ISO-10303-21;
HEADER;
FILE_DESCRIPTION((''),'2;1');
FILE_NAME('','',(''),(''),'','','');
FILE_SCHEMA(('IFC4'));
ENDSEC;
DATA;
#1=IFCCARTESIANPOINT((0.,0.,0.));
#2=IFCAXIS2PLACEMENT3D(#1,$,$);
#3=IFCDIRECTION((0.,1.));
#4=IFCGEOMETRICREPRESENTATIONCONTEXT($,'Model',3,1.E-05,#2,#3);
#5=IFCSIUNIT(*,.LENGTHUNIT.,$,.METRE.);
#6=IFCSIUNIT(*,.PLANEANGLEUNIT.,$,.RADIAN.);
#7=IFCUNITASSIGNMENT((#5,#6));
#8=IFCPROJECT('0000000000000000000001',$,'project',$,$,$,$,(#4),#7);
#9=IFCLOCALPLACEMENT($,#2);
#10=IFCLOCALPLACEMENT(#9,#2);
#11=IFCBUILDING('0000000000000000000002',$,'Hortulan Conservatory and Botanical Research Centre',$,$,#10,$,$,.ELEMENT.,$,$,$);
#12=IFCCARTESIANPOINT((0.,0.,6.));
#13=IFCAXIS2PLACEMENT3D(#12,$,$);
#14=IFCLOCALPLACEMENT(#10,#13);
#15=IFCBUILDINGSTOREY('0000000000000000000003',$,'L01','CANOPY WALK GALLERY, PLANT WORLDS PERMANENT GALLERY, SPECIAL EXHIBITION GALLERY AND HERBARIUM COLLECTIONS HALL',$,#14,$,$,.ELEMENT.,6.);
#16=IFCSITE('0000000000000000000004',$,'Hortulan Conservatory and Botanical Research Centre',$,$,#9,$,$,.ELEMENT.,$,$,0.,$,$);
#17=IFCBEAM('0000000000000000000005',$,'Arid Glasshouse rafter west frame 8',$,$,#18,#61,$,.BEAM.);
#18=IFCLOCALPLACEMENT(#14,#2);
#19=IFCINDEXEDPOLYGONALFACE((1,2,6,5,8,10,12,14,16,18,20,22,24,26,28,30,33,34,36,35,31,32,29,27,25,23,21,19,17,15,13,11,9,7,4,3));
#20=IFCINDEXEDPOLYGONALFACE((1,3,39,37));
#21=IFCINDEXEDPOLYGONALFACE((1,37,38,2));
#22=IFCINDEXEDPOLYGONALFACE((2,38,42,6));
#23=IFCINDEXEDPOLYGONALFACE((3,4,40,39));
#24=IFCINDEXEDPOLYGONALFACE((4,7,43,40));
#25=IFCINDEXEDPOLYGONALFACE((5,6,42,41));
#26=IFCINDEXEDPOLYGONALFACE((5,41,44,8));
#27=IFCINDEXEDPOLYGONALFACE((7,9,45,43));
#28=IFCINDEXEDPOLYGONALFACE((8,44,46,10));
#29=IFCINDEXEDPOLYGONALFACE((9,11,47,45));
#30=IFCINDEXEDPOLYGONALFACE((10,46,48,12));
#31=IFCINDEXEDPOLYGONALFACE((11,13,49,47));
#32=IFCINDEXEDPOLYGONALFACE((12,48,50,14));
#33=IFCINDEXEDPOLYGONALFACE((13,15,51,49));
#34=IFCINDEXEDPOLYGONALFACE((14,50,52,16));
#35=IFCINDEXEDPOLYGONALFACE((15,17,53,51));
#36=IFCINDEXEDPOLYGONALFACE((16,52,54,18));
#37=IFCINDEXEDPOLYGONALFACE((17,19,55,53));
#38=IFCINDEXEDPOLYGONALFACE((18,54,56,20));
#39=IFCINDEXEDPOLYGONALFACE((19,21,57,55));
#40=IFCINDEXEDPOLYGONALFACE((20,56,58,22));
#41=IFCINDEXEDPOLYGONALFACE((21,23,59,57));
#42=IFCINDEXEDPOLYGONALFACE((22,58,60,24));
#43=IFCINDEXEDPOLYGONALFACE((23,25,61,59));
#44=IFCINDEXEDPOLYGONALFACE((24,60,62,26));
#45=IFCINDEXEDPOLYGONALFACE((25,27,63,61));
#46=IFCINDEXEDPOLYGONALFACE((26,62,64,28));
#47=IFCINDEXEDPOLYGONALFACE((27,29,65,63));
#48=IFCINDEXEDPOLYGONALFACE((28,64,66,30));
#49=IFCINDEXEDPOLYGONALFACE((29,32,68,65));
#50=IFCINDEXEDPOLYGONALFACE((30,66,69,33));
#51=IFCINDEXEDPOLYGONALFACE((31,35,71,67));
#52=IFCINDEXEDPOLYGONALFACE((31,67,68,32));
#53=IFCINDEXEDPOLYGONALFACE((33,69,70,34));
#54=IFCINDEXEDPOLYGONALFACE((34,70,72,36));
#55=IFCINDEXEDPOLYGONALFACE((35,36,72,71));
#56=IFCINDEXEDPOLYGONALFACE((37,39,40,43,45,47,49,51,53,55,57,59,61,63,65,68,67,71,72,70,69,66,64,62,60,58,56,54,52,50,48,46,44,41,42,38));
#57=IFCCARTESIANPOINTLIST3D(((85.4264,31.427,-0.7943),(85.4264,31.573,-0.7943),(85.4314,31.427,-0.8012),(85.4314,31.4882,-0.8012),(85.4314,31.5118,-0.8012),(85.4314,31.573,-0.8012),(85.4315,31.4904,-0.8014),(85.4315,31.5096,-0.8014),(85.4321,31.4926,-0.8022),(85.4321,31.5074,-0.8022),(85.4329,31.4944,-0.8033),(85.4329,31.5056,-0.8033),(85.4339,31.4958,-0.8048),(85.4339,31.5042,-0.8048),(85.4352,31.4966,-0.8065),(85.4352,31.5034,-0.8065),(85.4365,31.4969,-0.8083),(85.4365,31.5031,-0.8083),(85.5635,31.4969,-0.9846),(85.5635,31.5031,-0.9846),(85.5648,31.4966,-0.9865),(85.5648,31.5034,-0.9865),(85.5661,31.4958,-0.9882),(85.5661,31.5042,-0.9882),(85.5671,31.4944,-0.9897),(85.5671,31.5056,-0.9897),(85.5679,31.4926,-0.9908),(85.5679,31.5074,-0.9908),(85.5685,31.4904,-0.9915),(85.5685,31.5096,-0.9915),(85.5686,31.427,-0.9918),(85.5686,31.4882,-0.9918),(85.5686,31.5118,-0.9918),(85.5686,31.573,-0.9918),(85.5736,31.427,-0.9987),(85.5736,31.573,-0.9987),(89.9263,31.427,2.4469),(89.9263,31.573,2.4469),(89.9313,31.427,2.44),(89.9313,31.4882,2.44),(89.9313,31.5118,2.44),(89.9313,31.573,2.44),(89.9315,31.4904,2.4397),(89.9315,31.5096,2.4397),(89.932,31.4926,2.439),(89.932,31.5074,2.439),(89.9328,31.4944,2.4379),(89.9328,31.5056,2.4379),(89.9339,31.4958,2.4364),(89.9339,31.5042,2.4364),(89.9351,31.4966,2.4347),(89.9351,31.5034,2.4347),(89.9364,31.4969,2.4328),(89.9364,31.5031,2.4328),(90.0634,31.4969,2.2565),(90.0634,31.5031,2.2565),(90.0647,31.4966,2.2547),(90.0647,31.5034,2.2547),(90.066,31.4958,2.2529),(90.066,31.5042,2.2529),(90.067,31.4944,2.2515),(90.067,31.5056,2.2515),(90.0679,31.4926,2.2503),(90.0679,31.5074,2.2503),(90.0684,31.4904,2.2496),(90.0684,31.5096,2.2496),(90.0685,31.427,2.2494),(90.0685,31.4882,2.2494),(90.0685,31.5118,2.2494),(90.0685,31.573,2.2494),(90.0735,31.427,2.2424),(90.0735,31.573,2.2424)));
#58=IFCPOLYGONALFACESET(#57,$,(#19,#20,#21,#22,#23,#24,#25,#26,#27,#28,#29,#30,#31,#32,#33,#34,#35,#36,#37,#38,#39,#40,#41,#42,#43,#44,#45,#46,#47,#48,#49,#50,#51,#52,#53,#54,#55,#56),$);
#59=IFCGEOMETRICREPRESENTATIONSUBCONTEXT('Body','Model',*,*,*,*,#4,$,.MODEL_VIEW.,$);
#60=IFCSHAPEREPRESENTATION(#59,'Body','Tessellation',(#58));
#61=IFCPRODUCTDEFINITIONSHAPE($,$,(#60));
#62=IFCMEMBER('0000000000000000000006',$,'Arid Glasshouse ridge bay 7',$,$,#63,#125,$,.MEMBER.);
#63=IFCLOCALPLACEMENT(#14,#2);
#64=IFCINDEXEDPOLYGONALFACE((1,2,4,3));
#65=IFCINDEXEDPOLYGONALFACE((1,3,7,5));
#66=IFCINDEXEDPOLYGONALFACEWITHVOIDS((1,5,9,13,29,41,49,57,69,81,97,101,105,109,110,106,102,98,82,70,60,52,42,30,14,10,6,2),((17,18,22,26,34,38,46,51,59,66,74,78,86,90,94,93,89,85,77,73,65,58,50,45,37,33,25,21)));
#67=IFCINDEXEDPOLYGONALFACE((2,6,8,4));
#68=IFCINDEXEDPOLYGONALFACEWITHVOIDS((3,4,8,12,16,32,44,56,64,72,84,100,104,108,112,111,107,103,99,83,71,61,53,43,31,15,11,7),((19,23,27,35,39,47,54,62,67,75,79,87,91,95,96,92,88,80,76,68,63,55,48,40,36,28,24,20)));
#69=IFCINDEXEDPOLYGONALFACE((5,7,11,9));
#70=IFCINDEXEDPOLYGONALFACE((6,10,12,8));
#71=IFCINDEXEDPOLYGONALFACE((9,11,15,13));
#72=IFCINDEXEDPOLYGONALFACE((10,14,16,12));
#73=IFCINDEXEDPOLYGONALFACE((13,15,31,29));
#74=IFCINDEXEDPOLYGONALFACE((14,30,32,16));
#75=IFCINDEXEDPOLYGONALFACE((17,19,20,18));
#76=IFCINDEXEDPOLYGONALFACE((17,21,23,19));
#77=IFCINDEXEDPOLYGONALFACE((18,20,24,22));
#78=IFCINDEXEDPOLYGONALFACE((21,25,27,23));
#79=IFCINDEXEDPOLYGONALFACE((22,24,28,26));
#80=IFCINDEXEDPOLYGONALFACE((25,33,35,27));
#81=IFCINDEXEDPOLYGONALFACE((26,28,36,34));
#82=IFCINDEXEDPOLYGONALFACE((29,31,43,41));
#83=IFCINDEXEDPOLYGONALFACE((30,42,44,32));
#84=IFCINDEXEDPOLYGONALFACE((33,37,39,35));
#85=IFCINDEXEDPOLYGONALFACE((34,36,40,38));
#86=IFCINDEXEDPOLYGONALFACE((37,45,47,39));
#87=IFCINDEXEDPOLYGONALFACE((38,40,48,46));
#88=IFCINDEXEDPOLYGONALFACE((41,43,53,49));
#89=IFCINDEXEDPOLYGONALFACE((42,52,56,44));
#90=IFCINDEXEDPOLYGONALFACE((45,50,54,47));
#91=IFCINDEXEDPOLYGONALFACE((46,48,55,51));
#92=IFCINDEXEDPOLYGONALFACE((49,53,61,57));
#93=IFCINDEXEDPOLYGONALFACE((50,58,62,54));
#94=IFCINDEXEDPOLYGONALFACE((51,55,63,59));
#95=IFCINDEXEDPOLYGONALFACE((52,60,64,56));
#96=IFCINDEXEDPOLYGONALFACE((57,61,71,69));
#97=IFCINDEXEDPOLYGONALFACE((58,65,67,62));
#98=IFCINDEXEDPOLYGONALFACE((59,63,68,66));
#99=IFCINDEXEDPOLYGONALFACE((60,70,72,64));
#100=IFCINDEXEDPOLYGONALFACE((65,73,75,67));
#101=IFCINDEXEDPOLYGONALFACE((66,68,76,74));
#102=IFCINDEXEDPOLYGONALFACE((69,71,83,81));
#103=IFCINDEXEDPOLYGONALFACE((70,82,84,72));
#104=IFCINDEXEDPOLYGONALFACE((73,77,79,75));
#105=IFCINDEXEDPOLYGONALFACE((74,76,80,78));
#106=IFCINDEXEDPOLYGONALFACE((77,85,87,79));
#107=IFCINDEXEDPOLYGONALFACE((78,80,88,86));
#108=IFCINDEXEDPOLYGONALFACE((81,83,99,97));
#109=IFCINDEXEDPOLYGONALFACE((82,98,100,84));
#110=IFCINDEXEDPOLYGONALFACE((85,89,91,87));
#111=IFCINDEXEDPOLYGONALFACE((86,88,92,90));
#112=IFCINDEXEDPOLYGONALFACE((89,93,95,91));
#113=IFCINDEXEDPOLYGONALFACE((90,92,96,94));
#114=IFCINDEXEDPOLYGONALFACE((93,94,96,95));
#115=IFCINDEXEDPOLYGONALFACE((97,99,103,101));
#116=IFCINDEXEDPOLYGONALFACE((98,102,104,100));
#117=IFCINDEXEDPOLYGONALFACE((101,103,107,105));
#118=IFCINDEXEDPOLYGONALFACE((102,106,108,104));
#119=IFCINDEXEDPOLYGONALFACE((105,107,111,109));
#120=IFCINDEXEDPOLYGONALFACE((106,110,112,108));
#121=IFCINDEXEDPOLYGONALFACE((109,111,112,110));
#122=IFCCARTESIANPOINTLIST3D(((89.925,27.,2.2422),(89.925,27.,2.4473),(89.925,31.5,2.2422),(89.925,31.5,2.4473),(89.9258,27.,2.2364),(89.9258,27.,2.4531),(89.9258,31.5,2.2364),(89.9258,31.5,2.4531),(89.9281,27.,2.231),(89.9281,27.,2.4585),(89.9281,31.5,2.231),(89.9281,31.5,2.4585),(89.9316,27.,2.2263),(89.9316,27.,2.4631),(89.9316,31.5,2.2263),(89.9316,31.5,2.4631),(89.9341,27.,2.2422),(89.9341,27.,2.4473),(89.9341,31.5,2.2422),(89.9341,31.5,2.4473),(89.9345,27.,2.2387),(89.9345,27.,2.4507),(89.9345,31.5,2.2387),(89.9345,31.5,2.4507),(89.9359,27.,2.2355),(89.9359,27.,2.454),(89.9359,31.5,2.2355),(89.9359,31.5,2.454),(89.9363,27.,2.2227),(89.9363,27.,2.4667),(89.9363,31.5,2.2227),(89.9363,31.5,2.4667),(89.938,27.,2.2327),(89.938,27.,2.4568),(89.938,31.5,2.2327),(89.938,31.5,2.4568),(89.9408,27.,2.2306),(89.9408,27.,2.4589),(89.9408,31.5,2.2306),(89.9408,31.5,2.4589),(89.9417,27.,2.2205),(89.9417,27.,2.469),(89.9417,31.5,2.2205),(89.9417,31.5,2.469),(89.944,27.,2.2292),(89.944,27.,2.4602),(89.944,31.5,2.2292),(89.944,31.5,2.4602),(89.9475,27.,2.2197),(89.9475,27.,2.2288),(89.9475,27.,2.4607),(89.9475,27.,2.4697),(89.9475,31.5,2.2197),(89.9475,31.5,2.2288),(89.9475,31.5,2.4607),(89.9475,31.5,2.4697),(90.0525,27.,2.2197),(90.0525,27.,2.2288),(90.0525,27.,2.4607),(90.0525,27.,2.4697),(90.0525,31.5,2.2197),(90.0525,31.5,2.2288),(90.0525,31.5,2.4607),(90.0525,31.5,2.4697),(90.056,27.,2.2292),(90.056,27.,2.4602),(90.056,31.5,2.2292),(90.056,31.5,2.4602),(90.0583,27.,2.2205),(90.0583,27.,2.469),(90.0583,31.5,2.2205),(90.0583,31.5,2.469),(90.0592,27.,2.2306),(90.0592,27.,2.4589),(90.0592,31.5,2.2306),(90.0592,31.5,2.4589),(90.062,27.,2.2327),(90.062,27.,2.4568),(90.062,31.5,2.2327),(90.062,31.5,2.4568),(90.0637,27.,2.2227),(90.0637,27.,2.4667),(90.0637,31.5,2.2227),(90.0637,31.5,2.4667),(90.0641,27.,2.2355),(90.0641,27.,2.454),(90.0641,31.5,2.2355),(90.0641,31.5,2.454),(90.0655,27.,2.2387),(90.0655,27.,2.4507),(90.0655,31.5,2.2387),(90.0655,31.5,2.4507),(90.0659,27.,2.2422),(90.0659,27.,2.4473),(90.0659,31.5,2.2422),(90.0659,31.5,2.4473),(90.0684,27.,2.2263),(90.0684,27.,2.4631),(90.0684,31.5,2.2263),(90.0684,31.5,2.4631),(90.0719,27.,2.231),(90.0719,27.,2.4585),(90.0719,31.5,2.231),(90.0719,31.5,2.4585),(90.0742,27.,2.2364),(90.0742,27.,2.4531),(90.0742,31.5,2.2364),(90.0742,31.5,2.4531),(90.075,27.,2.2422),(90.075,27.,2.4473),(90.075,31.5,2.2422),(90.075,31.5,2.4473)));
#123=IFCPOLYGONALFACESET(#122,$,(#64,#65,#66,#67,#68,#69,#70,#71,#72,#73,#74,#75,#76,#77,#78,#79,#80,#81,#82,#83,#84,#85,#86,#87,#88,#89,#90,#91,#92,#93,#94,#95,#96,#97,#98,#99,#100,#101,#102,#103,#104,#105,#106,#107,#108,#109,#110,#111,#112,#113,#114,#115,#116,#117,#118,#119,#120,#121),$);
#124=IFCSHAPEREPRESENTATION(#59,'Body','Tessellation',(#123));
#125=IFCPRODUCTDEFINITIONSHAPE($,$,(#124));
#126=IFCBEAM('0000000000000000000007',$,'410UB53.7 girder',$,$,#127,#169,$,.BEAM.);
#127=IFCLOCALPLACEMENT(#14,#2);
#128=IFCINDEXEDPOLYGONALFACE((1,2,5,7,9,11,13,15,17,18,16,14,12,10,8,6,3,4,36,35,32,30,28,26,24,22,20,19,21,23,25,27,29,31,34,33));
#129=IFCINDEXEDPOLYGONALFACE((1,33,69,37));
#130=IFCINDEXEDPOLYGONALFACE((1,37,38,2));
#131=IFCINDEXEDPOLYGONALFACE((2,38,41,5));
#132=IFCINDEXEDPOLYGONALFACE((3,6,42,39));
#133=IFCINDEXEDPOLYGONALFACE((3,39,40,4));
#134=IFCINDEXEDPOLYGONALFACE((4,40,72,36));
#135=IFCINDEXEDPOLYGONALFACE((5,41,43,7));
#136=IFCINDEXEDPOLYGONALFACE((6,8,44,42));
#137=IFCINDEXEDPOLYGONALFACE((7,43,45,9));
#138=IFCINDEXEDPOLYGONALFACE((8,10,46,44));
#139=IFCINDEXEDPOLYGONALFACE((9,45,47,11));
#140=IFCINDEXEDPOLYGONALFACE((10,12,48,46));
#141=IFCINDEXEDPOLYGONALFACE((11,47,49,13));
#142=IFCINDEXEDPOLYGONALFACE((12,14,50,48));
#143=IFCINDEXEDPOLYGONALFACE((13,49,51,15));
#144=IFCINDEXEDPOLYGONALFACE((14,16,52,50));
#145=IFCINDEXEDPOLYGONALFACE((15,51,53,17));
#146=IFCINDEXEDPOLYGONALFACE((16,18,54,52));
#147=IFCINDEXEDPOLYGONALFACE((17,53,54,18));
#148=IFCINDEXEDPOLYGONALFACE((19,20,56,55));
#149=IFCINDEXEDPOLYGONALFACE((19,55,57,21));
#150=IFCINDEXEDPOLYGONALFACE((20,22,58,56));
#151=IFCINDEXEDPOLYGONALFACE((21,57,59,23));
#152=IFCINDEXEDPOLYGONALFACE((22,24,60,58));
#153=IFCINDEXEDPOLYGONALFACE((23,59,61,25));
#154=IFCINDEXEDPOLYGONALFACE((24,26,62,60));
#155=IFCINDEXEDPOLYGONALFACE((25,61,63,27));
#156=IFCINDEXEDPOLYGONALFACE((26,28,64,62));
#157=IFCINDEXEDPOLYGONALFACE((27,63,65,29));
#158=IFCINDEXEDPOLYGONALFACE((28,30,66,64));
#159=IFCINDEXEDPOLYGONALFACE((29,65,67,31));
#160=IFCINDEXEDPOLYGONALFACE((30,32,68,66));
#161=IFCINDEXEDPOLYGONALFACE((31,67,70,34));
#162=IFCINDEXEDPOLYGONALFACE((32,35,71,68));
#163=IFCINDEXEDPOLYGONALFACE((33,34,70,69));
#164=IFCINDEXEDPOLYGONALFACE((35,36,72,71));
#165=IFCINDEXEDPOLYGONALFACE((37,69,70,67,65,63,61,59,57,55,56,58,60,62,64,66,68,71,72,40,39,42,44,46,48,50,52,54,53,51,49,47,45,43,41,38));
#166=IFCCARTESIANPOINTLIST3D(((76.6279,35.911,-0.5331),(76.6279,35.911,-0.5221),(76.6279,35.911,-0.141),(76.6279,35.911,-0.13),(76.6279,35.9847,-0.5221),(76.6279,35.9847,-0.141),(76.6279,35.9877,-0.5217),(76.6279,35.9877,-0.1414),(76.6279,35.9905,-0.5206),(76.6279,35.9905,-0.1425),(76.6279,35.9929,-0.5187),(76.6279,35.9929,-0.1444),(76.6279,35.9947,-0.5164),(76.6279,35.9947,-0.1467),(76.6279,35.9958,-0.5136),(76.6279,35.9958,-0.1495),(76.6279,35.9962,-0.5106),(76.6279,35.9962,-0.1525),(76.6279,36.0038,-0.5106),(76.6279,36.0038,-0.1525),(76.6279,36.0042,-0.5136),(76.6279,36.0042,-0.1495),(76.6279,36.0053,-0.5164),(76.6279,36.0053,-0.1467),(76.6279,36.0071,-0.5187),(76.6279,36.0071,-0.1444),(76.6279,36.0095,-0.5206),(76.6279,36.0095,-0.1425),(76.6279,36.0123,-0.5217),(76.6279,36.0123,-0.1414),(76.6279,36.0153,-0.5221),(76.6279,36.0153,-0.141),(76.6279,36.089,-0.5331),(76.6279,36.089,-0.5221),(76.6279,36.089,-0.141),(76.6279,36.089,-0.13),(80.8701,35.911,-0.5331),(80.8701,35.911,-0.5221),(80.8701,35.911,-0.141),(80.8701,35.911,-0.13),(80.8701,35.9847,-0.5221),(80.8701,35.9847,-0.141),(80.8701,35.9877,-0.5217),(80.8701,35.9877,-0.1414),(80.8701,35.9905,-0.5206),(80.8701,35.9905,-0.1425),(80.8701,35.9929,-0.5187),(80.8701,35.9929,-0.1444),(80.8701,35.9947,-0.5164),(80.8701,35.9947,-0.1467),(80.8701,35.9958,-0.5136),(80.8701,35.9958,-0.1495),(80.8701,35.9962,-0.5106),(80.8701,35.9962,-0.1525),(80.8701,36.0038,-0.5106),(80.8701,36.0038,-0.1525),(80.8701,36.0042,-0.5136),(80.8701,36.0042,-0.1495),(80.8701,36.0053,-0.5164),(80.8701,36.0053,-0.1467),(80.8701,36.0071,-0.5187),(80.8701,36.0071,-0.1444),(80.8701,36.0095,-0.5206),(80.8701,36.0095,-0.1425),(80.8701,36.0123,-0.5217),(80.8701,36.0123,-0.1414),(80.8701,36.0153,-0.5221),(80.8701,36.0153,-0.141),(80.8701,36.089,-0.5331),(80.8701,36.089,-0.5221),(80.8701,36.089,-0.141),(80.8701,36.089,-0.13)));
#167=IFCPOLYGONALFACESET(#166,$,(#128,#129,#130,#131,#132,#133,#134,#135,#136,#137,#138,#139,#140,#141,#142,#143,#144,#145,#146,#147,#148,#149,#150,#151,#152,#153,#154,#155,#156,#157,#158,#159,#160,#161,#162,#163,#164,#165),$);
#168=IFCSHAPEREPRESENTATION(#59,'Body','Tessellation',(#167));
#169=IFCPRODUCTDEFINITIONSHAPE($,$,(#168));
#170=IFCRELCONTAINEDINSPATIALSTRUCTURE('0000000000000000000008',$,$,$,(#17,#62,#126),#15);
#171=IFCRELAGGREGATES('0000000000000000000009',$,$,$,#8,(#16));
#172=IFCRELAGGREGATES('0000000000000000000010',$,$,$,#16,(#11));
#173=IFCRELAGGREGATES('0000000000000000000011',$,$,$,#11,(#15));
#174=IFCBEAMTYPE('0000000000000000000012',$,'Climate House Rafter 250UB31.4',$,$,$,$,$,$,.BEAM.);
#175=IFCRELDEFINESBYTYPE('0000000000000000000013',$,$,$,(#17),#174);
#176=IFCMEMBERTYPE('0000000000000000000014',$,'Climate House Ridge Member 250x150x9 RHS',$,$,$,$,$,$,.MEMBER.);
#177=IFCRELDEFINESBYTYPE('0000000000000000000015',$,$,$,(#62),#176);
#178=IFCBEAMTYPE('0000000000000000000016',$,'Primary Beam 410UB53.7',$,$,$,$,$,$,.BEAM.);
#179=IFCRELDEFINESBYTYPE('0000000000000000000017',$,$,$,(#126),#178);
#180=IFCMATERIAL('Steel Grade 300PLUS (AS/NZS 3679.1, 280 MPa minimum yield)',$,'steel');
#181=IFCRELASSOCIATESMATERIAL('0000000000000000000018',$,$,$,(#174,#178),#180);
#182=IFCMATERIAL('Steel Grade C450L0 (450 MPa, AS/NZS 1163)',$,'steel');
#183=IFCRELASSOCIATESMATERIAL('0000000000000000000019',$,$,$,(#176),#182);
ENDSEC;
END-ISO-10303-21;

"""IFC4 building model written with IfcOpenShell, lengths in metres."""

from ifc_helpers import new_model, si_unit, direction, frame, origin, origin_2d, place, context, subcontext, project, spatial, hollow_rectangle, i_section, extrude, material, material_profile, profile_set, type_object, element, save


model = new_model("IFC4")

# Units and contexts
model_context = context("Model", 3, precision=1e-05, world=origin(), true_north=direction((0.0, 1.0)))
body_context = subcontext(model_context, "Body", "Model", "MODEL_VIEW")
ifc_project = project(units=[si_unit("LENGTHUNIT", "METRE"), si_unit("PLANEANGLEUNIT", "RADIAN")], contexts=[model_context])

# Site, building, storey
site_placement = place(None, origin())
site = spatial("IfcSite", under=ifc_project, at=site_placement, Name="Hortulan Conservatory and Botanical Research Centre", CompositionType="ELEMENT", RefElevation=0.0)
building_placement = place(site_placement, origin())
building = spatial("IfcBuilding", under=site, at=building_placement, Name="Hortulan Conservatory and Botanical Research Centre", CompositionType="ELEMENT")
storey_placement = place(building_placement, frame((0.0, 0.0, 6.0)))
storey = spatial("IfcBuildingStorey", under=building, at=storey_placement, Name="L01", Description="CANOPY WALK GALLERY, PLANT WORLDS PERMANENT GALLERY, SPECIAL EXHIBITION GALLERY AND HERBARIUM COLLECTIONS HALL", CompositionType="ELEMENT", Elevation=6.0)

# Shared definitions
ifc_material_1 = material(Name="Steel Grade 300PLUS (AS/NZS 3679.1, 280 MPa minimum yield)", Category="steel")

# Shared definitions
ifc_material_2 = material(Name="Steel Grade C450L0 (450 MPa, AS/NZS 1163)", Category="steel")

# Beam
ifc_material_profile_1 = material_profile(ifc_material_1, i_section(OverallWidth=0.146, OverallDepth=0.252, WebThickness=0.0061, FlangeThickness=0.0085, FilletRadius=0.0088, at=origin_2d()), Name="250UB31.4")
ifc_profile_set_1 = profile_set([ifc_material_profile_1], Name="Steel Grade 300PLUS (AS/NZS 3679.1, 280 MPa minimum yield)")
beam_type_1 = type_object("IfcBeamType", Name="Climate House Rafter 250UB31.4", PredefinedType="BEAM", material=ifc_profile_set_1)
for number, where, z_axis, x_axis, name in (
    (1, (85.5, 31.5, -0.8965), (0.811431, 0.0, 0.584449), (0.0, 1.0, 0.0), "Arid Glasshouse rafter west frame 8"),
):
    element("IfcBeam", number, at=place(storey_placement, frame(where, z_axis=z_axis, x_axis=x_axis)), inside=storey, type_object=beam_type_1, Name=name, PredefinedType="BEAM", context=body_context, shape_type="SweptSolid", body=[
        extrude(i_section(OverallWidth=0.146, OverallDepth=0.252, WebThickness=0.0061, FlangeThickness=0.0085, FilletRadius=0.0088, at=origin_2d()), origin(), (0.0, 0.0, 1.0), 5.5457),
    ])

# Member
ifc_material_profile_2 = material_profile(ifc_material_2, hollow_rectangle(XDim=0.1499, YDim=0.25, WallThickness=0.009, InnerFilletRadius=0.0134, OuterFilletRadius=0.0225, at=origin_2d()), Name="250x150x9RHS")
ifc_profile_set_2 = profile_set([ifc_material_profile_2], Name="Steel Grade C450L0 (450 MPa, AS/NZS 1163)")
member_type_1 = type_object("IfcMemberType", Name="Climate House Ridge Member 250x150x9 RHS", PredefinedType="MEMBER", material=ifc_profile_set_2)
member_placement = place(storey_placement, frame((90.0, 27.0, 2.3447), z_axis=(0.0, 1.0, 0.0), x_axis=(-1.0, 0.0, 0.0)))
element("IfcMember", 2, at=member_placement, inside=storey, type_object=member_type_1, Name="Arid Glasshouse ridge bay 7", PredefinedType="MEMBER", context=body_context, shape_type="SweptSolid", body=[
    extrude(hollow_rectangle(XDim=0.1499, YDim=0.25, WallThickness=0.009, InnerFilletRadius=0.0134, OuterFilletRadius=0.0225, at=origin_2d()), origin(), (0.0, 0.0, 1.0), 4.5),
])

# Beam
ifc_material_profile_3 = material_profile(ifc_material_1, i_section(OverallWidth=0.178, OverallDepth=0.4031, WebThickness=0.0076, FlangeThickness=0.011, FilletRadius=0.0115, at=origin_2d()), Name="410UB53.7")
ifc_profile_set_3 = profile_set([ifc_material_profile_3], Name="Steel Grade 300PLUS (AS/NZS 3679.1, 280 MPa minimum yield)")
beam_type_2 = type_object("IfcBeamType", Name="Primary Beam 410UB53.7", PredefinedType="BEAM", material=ifc_profile_set_3)
beam_1_placement = place(storey_placement, frame((76.6279, 36.0, -0.3315), z_axis=(1.0, 0.0, 0.0), x_axis=(0.0, 1.0, 0.0)))
element("IfcBeam", 3, at=beam_1_placement, inside=storey, type_object=beam_type_2, Name="410UB53.7 girder", PredefinedType="BEAM", context=body_context, shape_type="SweptSolid", body=[
    extrude(i_section(OverallWidth=0.178, OverallDepth=0.4031, WebThickness=0.0076, FlangeThickness=0.011, FilletRadius=0.0115, at=origin_2d()), origin(), (0.0, 0.0, 1.0), 4.2422),
])

save(model, "model.ifc")
